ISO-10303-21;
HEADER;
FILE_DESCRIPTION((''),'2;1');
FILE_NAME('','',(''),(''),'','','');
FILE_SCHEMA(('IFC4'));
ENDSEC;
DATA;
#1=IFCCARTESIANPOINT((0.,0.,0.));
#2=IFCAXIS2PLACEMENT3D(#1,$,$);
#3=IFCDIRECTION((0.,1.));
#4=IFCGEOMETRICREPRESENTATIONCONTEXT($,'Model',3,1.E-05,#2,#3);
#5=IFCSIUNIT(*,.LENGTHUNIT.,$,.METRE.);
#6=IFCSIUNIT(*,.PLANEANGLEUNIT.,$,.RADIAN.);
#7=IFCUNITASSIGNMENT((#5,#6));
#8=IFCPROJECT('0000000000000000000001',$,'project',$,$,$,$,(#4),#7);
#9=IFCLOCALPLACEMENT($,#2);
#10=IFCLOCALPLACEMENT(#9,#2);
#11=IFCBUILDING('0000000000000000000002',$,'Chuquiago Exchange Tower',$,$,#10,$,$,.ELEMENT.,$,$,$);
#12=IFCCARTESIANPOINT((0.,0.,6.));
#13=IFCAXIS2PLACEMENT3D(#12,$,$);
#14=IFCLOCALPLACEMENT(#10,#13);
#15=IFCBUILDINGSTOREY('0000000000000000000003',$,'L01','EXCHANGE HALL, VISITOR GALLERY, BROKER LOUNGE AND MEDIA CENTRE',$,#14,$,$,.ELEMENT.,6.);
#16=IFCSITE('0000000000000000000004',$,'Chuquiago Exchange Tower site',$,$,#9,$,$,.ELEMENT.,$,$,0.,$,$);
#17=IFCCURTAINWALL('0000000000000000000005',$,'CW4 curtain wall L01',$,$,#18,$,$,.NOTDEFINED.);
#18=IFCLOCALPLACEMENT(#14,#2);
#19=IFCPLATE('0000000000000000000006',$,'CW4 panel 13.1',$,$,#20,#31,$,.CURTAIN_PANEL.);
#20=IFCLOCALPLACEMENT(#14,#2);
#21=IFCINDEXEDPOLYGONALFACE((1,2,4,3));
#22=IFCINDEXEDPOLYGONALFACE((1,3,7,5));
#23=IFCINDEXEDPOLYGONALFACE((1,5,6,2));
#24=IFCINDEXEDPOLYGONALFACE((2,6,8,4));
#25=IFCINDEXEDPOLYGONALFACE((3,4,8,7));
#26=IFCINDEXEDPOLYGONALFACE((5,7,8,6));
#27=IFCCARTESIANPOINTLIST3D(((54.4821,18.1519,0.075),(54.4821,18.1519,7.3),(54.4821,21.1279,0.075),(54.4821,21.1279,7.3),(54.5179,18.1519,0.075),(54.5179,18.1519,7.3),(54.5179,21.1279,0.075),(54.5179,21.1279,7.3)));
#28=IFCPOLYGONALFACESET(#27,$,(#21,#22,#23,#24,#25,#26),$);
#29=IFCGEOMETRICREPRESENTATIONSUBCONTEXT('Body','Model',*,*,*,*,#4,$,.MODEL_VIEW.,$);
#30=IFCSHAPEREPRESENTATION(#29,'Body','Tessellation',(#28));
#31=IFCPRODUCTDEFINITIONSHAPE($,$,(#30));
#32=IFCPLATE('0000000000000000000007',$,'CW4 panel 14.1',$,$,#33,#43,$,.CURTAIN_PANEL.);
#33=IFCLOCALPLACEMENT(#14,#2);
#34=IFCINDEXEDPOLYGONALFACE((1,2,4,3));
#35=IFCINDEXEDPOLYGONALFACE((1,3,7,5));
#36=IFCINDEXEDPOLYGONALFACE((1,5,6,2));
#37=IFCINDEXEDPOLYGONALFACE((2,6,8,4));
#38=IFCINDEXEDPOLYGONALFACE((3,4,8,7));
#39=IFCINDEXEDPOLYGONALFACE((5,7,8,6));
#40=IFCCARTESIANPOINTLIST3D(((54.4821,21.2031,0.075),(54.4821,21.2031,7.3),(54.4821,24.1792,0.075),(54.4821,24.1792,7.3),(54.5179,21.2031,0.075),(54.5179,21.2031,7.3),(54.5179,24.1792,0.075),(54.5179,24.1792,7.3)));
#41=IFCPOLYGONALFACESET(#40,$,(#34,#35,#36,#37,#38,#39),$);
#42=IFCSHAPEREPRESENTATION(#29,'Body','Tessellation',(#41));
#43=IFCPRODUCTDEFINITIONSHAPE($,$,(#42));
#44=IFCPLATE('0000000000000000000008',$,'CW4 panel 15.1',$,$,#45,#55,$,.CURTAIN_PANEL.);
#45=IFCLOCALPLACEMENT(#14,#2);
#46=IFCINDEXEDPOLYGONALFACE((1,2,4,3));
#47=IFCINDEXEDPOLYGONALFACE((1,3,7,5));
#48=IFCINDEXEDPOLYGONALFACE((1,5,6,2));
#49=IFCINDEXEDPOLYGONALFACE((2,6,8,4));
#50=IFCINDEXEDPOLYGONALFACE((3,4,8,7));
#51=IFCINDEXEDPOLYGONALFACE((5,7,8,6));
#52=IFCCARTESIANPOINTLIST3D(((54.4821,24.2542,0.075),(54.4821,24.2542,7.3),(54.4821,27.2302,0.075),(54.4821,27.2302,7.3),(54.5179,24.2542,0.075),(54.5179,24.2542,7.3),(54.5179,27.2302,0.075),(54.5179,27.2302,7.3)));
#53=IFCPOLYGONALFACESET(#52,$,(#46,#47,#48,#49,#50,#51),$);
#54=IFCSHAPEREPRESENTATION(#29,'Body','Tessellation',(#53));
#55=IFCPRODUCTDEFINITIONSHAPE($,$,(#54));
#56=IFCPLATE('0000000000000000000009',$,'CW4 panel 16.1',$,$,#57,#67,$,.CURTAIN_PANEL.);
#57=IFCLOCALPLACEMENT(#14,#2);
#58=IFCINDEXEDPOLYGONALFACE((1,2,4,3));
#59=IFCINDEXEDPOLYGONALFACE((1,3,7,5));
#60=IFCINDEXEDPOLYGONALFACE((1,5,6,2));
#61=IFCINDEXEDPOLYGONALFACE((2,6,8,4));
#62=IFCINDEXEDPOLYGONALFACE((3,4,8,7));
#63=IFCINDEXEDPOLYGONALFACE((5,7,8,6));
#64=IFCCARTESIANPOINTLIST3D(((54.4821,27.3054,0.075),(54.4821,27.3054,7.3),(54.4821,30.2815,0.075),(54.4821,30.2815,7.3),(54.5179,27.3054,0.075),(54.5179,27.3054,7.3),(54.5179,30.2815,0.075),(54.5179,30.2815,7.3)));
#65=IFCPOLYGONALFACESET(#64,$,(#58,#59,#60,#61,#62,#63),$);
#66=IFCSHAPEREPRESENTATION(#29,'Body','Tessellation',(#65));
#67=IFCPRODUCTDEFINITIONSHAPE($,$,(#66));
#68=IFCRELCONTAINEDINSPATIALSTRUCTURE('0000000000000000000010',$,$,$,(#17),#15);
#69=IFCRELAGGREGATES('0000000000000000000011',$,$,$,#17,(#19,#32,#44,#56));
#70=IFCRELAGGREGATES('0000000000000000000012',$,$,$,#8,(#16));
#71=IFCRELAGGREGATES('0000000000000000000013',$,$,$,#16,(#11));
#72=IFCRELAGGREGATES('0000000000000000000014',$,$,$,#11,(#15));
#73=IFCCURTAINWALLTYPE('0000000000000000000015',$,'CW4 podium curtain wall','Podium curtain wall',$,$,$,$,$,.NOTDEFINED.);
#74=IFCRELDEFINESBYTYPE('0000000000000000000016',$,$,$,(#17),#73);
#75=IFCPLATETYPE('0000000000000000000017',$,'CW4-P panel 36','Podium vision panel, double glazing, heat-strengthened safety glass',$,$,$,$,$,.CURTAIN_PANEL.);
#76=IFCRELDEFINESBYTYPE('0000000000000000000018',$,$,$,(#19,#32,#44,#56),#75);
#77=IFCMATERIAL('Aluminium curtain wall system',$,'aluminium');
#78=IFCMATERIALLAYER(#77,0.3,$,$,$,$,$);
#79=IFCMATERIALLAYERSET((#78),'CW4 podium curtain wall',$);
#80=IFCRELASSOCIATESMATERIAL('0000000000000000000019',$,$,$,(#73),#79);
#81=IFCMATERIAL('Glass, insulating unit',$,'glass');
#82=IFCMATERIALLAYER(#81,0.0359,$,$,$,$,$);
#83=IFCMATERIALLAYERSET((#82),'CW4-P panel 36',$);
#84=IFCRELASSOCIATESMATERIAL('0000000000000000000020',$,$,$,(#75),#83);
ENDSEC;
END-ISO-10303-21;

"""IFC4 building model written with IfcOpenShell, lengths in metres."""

from ifc_helpers import new_model, si_unit, direction, frame, origin, origin_2d, place, context, subcontext, project, spatial, rectangle, extrude, material, layer, layer_set, type_object, element, aggregate, save


model = new_model("IFC4")

# Units and contexts
model_context = context("Model", 3, precision=1e-05, world=origin(), true_north=direction((0.0, 1.0)))
body_context = subcontext(model_context, "Body", "Model", "MODEL_VIEW")
ifc_project = project(units=[si_unit("LENGTHUNIT", "METRE"), si_unit("PLANEANGLEUNIT", "RADIAN")], contexts=[model_context])

# Site, building, storey
site_placement = place(None, origin())
site = spatial("IfcSite", under=ifc_project, at=site_placement, Name="Chuquiago Exchange Tower site", CompositionType="ELEMENT", RefElevation=0.0)
building_placement = place(site_placement, origin())
building = spatial("IfcBuilding", under=site, at=building_placement, Name="Chuquiago Exchange Tower", CompositionType="ELEMENT")
storey_placement = place(building_placement, frame((0.0, 0.0, 6.0)))
storey = spatial("IfcBuildingStorey", under=building, at=storey_placement, Name="L01", Description="EXCHANGE HALL, VISITOR GALLERY, BROKER LOUNGE AND MEDIA CENTRE", CompositionType="ELEMENT", Elevation=6.0)

# Curtain wall
ifc_material_1 = material(Name="Aluminium curtain wall system", Category="aluminium")
ifc_layer_1 = layer(ifc_material_1, 0.3)
ifc_layer_set_1 = layer_set([ifc_layer_1], Name="CW4 podium curtain wall")
curtain_wall_type = type_object("IfcCurtainWallType", Name="CW4 podium curtain wall", Description="Podium curtain wall", PredefinedType="NOTDEFINED", material=ifc_layer_set_1)
curtain_wall_placement = place(storey_placement, origin())
curtain_wall = element("IfcCurtainWall", 1, at=curtain_wall_placement, inside=storey, type_object=curtain_wall_type, Name="CW4 curtain wall L01", PredefinedType="NOTDEFINED")

# Plates
ifc_material_2 = material(Name="Glass, insulating unit", Category="glass")
ifc_layer_2 = layer(ifc_material_2, 0.0359)
ifc_layer_set_2 = layer_set([ifc_layer_2], Name="CW4-P panel 36")
plate_type = type_object("IfcPlateType", Name="CW4-P panel 36", Description="Podium vision panel, double glazing, heat-strengthened safety glass", PredefinedType="CURTAIN_PANEL", material=ifc_layer_set_2)
plate_1_placement = place(storey_placement, frame((54.5, 19.6399, 0.075), z_axis=(0.0, 0.0, 1.0), x_axis=(0.0, 1.0, 0.0)))
plate_1 = element("IfcPlate", 2, at=plate_1_placement, type_object=plate_type, Name="CW4 panel 13.1", PredefinedType="CURTAIN_PANEL", context=body_context, shape_type="SweptSolid", body=[
    extrude(rectangle(XDim=2.9761, YDim=0.0359, at=origin_2d()), origin(), (0.0, 0.0, 1.0), 7.2251),
])
plate_2_placement = place(storey_placement, frame((54.5, 22.6912, 0.075), z_axis=(0.0, 0.0, 1.0), x_axis=(0.0, 1.0, 0.0)))
plate_2 = element("IfcPlate", 3, at=plate_2_placement, type_object=plate_type, Name="CW4 panel 14.1", PredefinedType="CURTAIN_PANEL", context=body_context, shape_type="SweptSolid", body=[
    extrude(rectangle(XDim=2.9761, YDim=0.0359, at=origin_2d()), origin(), (0.0, 0.0, 1.0), 7.2251),
])
plate_3_placement = place(storey_placement, frame((54.5, 25.7422, 0.075), z_axis=(0.0, 0.0, 1.0), x_axis=(0.0, 1.0, 0.0)))
plate_3 = element("IfcPlate", 4, at=plate_3_placement, type_object=plate_type, Name="CW4 panel 15.1", PredefinedType="CURTAIN_PANEL", context=body_context, shape_type="SweptSolid", body=[
    extrude(rectangle(XDim=2.9761, YDim=0.0359, at=origin_2d()), origin(), (0.0, 0.0, 1.0), 7.2251),
])
plate_4_placement = place(storey_placement, frame((54.5, 28.7935, 0.075), z_axis=(0.0, 0.0, 1.0), x_axis=(0.0, 1.0, 0.0)))
plate_4 = element("IfcPlate", 5, at=plate_4_placement, type_object=plate_type, Name="CW4 panel 16.1", PredefinedType="CURTAIN_PANEL", context=body_context, shape_type="SweptSolid", body=[
    extrude(rectangle(XDim=2.9761, YDim=0.0359, at=origin_2d()), origin(), (0.0, 0.0, 1.0), 7.2251),
])
aggregate(curtain_wall, [plate_1, plate_2, plate_3, plate_4])

save(model, "model.ifc")
